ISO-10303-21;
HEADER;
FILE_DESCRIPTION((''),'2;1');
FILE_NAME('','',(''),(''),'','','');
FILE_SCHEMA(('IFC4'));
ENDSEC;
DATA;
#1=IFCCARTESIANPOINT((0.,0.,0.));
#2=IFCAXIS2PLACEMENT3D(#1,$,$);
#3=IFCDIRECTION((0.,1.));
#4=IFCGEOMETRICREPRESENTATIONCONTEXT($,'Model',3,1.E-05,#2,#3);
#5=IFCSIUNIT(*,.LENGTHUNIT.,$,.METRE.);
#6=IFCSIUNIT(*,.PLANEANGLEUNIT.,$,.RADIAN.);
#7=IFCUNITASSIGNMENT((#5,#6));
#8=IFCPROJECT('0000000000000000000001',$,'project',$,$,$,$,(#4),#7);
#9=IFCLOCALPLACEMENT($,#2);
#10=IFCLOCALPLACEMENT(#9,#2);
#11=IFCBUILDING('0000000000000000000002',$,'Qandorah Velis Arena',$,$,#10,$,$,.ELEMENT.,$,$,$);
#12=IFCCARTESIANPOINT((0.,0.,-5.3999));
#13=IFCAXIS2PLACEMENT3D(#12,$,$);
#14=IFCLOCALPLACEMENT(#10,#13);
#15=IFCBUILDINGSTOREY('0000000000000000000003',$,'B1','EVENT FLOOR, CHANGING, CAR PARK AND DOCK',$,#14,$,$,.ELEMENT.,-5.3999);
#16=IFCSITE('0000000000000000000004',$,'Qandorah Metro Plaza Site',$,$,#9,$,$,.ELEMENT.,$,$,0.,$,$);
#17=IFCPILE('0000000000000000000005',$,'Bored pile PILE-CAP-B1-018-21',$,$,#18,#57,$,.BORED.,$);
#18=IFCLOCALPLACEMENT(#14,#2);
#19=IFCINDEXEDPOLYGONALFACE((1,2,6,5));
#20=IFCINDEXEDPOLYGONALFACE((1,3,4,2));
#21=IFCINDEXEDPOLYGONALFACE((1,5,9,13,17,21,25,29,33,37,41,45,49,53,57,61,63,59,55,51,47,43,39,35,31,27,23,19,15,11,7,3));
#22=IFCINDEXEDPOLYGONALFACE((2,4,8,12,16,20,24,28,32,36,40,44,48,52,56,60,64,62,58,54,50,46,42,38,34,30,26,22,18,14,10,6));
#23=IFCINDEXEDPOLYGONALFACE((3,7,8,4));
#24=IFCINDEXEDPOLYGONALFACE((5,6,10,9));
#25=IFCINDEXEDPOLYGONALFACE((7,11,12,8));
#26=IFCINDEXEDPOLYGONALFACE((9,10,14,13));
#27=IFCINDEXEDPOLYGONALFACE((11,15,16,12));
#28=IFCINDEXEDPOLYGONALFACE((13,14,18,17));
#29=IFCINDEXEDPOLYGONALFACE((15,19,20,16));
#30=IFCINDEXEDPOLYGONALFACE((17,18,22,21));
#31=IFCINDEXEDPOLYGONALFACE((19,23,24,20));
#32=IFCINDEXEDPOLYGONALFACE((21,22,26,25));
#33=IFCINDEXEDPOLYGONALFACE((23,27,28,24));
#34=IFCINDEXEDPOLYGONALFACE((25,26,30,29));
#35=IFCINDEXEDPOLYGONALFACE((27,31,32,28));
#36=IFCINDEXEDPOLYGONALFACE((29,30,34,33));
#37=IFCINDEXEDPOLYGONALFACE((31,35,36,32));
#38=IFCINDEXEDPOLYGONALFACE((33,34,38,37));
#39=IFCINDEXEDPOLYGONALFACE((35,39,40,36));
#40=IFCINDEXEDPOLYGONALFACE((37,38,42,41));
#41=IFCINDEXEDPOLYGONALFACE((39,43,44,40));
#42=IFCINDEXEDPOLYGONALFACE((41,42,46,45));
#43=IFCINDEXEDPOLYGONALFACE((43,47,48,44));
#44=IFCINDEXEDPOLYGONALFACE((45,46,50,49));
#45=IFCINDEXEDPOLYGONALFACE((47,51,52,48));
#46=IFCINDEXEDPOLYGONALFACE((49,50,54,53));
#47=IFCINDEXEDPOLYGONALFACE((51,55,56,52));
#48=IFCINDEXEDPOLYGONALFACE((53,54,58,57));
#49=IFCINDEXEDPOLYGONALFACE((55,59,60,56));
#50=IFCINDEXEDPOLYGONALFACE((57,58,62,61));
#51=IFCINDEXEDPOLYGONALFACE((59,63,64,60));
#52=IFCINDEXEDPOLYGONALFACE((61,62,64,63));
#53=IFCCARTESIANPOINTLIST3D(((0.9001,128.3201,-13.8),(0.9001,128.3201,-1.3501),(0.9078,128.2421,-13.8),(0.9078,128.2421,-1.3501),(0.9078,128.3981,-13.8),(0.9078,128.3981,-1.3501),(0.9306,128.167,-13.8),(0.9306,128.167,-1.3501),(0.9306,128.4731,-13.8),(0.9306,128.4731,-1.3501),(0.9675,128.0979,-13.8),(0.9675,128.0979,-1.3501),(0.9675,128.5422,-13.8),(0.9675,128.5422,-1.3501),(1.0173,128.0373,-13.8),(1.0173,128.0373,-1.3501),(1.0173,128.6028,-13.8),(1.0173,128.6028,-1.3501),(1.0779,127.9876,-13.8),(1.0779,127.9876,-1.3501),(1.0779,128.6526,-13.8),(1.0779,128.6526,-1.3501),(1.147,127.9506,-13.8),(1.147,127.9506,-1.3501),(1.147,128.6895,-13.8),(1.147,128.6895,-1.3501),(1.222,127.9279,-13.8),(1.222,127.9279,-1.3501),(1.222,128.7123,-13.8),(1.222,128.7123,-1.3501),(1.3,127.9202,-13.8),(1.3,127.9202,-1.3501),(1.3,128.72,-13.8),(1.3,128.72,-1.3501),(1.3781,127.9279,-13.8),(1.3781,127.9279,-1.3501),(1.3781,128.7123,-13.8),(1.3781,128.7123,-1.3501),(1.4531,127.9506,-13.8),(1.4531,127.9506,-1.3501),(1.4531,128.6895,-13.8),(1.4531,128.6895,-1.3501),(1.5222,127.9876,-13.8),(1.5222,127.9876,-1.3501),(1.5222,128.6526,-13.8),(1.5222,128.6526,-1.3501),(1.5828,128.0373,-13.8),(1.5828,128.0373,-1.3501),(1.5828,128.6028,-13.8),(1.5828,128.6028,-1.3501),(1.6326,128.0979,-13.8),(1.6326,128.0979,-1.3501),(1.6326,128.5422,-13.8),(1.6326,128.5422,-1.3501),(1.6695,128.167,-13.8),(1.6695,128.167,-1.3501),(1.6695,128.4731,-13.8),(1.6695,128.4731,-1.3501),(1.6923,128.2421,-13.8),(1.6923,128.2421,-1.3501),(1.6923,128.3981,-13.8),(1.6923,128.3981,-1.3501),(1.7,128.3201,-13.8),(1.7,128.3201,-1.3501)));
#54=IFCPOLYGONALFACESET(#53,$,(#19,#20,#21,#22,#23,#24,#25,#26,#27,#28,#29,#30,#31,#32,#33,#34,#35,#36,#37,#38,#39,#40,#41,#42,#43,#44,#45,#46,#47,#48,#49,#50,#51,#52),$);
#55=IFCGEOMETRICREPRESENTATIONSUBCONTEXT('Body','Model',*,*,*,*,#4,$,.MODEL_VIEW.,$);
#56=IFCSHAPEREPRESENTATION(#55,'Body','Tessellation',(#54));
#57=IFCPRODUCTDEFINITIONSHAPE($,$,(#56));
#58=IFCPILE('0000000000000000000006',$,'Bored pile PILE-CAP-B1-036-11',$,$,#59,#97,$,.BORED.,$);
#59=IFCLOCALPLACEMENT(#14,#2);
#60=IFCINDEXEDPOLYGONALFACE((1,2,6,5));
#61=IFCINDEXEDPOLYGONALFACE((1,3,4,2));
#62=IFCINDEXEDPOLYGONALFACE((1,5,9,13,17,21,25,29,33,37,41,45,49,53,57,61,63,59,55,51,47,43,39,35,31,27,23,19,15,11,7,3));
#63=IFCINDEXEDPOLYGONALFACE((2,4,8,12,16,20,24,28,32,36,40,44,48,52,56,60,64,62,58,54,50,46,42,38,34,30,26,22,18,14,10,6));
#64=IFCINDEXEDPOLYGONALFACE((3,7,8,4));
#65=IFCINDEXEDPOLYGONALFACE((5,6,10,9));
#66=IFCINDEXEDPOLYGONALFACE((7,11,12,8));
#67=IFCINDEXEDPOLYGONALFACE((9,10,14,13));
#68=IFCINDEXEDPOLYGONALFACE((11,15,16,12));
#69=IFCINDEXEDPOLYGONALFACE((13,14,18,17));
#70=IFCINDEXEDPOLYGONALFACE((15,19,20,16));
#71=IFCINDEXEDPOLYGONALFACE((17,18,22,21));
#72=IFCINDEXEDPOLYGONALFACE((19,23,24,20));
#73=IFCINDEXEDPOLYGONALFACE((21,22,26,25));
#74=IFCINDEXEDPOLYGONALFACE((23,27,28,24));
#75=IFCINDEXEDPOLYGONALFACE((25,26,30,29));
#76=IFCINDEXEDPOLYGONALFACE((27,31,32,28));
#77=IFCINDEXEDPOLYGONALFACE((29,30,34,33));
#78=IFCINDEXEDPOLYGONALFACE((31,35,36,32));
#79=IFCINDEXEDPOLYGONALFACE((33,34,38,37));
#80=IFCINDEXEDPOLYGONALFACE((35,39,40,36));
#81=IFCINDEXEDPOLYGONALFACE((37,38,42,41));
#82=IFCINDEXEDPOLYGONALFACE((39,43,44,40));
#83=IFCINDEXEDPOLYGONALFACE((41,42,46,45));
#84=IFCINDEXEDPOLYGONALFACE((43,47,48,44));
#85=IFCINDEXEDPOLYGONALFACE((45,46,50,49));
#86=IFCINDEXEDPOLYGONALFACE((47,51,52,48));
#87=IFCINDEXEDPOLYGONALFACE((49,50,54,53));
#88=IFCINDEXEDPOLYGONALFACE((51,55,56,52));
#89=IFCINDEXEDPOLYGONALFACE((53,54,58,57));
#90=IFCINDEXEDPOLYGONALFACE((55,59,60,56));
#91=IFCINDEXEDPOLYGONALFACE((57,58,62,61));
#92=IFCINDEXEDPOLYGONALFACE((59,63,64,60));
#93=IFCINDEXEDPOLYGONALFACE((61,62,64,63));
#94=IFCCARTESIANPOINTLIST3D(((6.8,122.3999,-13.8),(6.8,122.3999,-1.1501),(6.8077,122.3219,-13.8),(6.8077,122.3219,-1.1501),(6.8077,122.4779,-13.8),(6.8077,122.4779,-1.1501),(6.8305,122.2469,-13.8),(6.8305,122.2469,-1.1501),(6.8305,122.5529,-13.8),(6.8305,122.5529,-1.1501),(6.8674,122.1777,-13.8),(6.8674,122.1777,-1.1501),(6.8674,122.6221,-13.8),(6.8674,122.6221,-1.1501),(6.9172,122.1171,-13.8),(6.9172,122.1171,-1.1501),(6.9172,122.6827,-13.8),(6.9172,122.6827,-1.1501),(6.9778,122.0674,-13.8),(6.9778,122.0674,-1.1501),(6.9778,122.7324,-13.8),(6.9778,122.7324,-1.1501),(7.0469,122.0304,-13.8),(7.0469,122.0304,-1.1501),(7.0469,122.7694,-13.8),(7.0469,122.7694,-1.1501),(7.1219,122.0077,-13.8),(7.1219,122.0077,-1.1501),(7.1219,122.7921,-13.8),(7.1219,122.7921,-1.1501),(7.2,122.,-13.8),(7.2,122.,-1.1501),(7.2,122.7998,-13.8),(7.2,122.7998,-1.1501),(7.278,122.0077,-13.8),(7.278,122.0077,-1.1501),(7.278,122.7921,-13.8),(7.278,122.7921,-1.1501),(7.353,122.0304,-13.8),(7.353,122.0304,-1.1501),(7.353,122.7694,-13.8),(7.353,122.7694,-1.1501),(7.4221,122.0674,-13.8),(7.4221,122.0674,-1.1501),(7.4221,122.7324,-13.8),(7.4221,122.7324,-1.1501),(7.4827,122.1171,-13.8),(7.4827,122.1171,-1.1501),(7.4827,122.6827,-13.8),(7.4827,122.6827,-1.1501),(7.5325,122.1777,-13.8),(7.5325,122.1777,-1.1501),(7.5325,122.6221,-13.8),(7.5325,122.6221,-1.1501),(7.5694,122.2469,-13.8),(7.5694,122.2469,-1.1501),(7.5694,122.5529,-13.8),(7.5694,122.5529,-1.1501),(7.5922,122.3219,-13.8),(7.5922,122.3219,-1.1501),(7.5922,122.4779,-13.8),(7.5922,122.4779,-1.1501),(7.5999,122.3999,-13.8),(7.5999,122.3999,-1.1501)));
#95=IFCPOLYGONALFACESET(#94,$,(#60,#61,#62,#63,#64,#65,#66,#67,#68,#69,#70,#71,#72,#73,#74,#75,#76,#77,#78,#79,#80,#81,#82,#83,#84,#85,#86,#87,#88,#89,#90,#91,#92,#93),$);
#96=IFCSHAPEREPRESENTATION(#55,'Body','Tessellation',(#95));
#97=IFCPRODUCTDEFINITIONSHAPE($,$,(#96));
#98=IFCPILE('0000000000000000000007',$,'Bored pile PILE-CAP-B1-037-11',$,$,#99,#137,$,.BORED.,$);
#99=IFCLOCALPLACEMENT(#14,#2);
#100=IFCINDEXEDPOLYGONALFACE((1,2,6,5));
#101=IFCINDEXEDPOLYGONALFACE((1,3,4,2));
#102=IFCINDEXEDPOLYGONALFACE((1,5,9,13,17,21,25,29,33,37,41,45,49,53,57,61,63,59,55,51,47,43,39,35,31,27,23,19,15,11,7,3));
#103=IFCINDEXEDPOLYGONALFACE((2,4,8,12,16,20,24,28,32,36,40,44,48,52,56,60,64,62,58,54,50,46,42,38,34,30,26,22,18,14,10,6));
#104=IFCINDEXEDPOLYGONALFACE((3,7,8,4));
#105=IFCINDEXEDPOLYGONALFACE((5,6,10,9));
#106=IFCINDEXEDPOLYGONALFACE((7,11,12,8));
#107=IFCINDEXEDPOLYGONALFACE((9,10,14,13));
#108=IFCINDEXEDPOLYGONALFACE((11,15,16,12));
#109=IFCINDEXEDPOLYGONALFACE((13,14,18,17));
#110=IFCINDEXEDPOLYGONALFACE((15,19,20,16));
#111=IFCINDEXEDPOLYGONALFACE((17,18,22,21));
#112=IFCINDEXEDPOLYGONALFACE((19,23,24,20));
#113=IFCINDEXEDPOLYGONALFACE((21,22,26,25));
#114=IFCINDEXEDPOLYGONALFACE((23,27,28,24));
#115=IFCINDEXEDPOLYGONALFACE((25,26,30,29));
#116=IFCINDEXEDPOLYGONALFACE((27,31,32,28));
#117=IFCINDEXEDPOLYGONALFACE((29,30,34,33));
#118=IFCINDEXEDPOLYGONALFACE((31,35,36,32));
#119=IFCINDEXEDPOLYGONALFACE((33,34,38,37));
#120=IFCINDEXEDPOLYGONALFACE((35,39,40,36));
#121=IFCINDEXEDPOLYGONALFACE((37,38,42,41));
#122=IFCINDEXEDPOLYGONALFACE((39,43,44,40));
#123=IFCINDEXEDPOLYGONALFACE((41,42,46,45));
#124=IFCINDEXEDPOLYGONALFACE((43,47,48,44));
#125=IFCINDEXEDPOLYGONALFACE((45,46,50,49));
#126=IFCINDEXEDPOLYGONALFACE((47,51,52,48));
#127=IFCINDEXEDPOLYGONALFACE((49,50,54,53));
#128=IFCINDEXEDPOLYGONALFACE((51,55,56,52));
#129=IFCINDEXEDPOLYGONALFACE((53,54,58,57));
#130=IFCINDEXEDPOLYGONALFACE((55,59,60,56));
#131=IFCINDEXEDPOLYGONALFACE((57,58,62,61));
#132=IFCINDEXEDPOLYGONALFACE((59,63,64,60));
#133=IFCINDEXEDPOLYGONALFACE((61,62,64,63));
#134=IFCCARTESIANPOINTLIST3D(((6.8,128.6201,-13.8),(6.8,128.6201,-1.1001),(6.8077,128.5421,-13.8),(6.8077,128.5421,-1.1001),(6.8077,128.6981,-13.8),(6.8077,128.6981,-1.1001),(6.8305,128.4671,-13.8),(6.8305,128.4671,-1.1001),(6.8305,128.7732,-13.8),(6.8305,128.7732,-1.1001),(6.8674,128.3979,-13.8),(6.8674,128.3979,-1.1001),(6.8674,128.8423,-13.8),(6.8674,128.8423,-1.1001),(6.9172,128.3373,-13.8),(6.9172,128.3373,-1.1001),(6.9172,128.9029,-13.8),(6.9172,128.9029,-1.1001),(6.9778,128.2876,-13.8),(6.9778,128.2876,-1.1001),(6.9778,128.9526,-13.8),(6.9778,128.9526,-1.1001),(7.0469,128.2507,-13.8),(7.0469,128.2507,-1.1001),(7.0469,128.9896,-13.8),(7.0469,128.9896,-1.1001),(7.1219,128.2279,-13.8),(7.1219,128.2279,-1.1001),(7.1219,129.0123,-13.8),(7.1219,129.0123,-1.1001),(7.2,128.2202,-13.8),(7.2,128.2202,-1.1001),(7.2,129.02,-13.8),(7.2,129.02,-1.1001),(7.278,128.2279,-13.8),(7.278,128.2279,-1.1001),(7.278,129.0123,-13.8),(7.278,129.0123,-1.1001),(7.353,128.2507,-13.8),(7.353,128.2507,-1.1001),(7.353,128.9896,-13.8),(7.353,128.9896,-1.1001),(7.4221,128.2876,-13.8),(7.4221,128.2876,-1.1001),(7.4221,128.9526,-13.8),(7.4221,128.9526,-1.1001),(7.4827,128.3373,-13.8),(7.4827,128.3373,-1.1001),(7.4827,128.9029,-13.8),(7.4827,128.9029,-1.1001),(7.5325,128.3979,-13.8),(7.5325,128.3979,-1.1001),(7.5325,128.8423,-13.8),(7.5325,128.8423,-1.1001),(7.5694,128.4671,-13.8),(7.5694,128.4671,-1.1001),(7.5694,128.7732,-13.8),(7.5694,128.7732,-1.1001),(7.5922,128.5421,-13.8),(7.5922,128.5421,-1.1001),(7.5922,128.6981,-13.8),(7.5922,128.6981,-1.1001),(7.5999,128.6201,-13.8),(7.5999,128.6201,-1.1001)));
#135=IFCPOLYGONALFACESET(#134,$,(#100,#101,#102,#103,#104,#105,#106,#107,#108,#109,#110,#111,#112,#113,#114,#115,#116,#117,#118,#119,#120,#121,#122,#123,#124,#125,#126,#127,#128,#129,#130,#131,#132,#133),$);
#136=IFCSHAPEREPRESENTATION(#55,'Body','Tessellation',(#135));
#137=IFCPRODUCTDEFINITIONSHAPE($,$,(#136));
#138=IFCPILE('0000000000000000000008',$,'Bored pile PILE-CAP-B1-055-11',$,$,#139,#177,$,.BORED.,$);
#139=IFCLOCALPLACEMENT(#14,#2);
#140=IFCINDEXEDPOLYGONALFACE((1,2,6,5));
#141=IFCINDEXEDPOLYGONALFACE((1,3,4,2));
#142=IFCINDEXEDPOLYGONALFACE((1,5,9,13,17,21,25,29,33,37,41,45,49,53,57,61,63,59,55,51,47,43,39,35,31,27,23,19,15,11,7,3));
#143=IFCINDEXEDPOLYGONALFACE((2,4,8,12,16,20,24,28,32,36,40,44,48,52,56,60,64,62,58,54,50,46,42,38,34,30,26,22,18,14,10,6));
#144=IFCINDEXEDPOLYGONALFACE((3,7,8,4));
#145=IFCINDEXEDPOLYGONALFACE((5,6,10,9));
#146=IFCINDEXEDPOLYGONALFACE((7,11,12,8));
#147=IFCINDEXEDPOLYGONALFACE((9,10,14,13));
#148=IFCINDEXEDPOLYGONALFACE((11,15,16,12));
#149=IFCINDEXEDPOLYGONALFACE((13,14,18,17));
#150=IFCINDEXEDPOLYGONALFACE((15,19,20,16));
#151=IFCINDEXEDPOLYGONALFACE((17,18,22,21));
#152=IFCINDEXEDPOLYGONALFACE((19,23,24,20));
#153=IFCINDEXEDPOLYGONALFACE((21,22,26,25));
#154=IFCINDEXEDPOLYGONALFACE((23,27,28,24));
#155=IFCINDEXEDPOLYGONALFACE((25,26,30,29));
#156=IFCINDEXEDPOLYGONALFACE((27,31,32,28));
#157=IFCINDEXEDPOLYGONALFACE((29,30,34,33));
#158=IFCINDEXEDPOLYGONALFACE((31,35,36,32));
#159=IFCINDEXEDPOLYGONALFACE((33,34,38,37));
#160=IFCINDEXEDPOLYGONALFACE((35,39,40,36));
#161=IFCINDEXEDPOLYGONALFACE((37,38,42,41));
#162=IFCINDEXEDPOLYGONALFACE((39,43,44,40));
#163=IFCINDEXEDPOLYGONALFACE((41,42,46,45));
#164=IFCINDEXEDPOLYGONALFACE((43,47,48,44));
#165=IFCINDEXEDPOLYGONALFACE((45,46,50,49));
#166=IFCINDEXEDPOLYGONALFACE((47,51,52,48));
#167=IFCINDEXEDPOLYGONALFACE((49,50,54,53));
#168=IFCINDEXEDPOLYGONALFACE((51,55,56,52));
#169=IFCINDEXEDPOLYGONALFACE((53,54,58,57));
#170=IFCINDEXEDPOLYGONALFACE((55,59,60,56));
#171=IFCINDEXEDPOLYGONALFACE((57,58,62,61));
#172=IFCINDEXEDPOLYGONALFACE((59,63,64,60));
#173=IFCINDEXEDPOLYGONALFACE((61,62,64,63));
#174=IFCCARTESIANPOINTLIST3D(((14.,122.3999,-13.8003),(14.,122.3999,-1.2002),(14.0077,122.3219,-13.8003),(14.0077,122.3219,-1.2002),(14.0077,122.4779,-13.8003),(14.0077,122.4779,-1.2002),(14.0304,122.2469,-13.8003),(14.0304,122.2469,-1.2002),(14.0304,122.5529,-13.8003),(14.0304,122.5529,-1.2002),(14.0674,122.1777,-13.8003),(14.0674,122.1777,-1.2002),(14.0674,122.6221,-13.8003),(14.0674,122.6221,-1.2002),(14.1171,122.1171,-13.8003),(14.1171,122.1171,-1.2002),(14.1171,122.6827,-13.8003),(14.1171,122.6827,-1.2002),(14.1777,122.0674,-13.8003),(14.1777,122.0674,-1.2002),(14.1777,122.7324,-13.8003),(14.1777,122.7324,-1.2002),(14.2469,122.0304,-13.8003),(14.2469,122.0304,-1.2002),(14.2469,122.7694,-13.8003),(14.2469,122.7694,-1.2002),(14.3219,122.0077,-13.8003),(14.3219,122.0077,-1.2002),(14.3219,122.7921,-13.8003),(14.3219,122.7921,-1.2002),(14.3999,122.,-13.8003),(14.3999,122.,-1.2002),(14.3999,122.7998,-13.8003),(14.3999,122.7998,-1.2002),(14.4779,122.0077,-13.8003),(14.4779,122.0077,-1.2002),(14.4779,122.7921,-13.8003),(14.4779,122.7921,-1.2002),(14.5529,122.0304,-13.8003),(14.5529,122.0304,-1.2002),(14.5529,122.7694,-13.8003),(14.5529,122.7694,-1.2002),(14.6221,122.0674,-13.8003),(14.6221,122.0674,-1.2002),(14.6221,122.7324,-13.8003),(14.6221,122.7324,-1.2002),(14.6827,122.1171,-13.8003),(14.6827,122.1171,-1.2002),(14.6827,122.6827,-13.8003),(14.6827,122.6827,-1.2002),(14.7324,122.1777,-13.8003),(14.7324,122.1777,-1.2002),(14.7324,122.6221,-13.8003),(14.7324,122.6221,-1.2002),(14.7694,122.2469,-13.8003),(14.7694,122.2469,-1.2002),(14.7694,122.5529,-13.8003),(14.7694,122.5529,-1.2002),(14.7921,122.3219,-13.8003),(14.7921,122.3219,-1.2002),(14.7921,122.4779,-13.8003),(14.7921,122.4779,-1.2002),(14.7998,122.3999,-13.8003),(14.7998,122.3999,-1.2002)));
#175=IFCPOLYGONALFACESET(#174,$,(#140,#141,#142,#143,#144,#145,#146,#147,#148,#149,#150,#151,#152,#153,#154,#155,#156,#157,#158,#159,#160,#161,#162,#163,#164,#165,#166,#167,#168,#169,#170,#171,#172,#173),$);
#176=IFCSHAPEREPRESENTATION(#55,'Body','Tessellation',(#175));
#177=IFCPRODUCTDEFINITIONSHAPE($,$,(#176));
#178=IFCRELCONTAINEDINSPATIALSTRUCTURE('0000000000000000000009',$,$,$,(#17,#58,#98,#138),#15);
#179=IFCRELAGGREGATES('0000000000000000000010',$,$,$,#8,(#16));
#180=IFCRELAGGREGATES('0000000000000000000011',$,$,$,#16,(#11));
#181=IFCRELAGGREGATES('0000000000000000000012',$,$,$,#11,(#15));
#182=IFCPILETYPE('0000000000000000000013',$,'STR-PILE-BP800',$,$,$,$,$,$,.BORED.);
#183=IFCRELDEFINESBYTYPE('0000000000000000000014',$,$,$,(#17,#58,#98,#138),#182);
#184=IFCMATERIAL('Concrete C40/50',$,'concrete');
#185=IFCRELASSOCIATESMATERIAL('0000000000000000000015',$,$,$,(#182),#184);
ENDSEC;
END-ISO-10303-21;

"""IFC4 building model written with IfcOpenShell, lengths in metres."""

from ifc_helpers import new_model, si_unit, direction, frame, origin, origin_2d, place, context, subcontext, project, spatial, circle, extrude, material, material_profile, profile_set, type_object, element, save


model = new_model("IFC4")

# Units and contexts
model_context = context("Model", 3, precision=1e-05, world=origin(), true_north=direction((0.0, 1.0)))
body_context = subcontext(model_context, "Body", "Model", "MODEL_VIEW")
ifc_project = project(units=[si_unit("LENGTHUNIT", "METRE"), si_unit("PLANEANGLEUNIT", "RADIAN")], contexts=[model_context])

# Site, building, storey
site_placement = place(None, origin())
site = spatial("IfcSite", under=ifc_project, at=site_placement, Name="Qandorah Metro Plaza Site", CompositionType="ELEMENT", RefElevation=0.0)
building_placement = place(site_placement, origin())
building = spatial("IfcBuilding", under=site, at=building_placement, Name="Qandorah Velis Arena", CompositionType="ELEMENT")
storey_placement = place(building_placement, frame((0.0, 0.0, -5.3999)))
storey = spatial("IfcBuildingStorey", under=building, at=storey_placement, Name="B1", Description="EVENT FLOOR, CHANGING, CAR PARK AND DOCK", CompositionType="ELEMENT", Elevation=-5.3999)

# Shared definitions
ifc_material = material(Name="Concrete C40/50", Category="concrete")

# Piles
ifc_material_profile_1 = material_profile(ifc_material, circle(Radius=0.3999, at=origin_2d()), Name="BORED PILE D800")
ifc_profile_set_1 = profile_set([ifc_material_profile_1], Name="Concrete C40/50")
pile_type_1 = type_object("IfcPileType", Name="STR-PILE-BP800", PredefinedType="BORED", material=ifc_profile_set_1)
for number, where, z_axis, x_axis, name in (
    (1, (1.3, 128.3201, -1.3501), (0.0, 0.0, -1.0), (1.0, 0.0, 0.0), "Bored pile PILE-CAP-B1-018-21"),
):
    element("IfcPile", number, at=place(storey_placement, frame(where, z_axis=z_axis, x_axis=x_axis)), inside=storey, type_object=pile_type_1, Name=name, PredefinedType="BORED", context=body_context, shape_type="SweptSolid", body=[
        extrude(circle(Radius=0.3999, at=origin_2d()), origin(), (0.0, 0.0, 1.0), 12.45),
    ])
pile_1_placement = place(storey_placement, frame((7.2, 122.3999, -1.1501), z_axis=(0.0, 0.0, -1.0), x_axis=(1.0, 0.0, 0.0)))
element("IfcPile", 2, at=pile_1_placement, inside=storey, type_object=pile_type_1, Name="Bored pile PILE-CAP-B1-036-11", PredefinedType="BORED", context=body_context, shape_type="SweptSolid", body=[
    extrude(circle(Radius=0.3999, at=origin_2d()), origin(), (0.0, 0.0, 1.0), 12.6499),
])
pile_2_placement = place(storey_placement, frame((7.2, 128.6201, -1.1001), z_axis=(0.0, 0.0, -1.0), x_axis=(1.0, 0.0, 0.0)))
element("IfcPile", 3, at=pile_2_placement, inside=storey, type_object=pile_type_1, Name="Bored pile PILE-CAP-B1-037-11", PredefinedType="BORED", context=body_context, shape_type="SweptSolid", body=[
    extrude(circle(Radius=0.3999, at=origin_2d()), origin(), (0.0, 0.0, 1.0), 12.7),
])
pile_3_placement = place(storey_placement, frame((14.3999, 122.3999, -1.2002), z_axis=(0.0, 0.0, -1.0), x_axis=(1.0, 0.0, 0.0)))
element("IfcPile", 4, at=pile_3_placement, inside=storey, type_object=pile_type_1, Name="Bored pile PILE-CAP-B1-055-11", PredefinedType="BORED", context=body_context, shape_type="SweptSolid", body=[
    extrude(circle(Radius=0.3999, at=origin_2d()), origin(), (0.0, 0.0, 1.0), 12.6001),
])

save(model, "model.ifc")
